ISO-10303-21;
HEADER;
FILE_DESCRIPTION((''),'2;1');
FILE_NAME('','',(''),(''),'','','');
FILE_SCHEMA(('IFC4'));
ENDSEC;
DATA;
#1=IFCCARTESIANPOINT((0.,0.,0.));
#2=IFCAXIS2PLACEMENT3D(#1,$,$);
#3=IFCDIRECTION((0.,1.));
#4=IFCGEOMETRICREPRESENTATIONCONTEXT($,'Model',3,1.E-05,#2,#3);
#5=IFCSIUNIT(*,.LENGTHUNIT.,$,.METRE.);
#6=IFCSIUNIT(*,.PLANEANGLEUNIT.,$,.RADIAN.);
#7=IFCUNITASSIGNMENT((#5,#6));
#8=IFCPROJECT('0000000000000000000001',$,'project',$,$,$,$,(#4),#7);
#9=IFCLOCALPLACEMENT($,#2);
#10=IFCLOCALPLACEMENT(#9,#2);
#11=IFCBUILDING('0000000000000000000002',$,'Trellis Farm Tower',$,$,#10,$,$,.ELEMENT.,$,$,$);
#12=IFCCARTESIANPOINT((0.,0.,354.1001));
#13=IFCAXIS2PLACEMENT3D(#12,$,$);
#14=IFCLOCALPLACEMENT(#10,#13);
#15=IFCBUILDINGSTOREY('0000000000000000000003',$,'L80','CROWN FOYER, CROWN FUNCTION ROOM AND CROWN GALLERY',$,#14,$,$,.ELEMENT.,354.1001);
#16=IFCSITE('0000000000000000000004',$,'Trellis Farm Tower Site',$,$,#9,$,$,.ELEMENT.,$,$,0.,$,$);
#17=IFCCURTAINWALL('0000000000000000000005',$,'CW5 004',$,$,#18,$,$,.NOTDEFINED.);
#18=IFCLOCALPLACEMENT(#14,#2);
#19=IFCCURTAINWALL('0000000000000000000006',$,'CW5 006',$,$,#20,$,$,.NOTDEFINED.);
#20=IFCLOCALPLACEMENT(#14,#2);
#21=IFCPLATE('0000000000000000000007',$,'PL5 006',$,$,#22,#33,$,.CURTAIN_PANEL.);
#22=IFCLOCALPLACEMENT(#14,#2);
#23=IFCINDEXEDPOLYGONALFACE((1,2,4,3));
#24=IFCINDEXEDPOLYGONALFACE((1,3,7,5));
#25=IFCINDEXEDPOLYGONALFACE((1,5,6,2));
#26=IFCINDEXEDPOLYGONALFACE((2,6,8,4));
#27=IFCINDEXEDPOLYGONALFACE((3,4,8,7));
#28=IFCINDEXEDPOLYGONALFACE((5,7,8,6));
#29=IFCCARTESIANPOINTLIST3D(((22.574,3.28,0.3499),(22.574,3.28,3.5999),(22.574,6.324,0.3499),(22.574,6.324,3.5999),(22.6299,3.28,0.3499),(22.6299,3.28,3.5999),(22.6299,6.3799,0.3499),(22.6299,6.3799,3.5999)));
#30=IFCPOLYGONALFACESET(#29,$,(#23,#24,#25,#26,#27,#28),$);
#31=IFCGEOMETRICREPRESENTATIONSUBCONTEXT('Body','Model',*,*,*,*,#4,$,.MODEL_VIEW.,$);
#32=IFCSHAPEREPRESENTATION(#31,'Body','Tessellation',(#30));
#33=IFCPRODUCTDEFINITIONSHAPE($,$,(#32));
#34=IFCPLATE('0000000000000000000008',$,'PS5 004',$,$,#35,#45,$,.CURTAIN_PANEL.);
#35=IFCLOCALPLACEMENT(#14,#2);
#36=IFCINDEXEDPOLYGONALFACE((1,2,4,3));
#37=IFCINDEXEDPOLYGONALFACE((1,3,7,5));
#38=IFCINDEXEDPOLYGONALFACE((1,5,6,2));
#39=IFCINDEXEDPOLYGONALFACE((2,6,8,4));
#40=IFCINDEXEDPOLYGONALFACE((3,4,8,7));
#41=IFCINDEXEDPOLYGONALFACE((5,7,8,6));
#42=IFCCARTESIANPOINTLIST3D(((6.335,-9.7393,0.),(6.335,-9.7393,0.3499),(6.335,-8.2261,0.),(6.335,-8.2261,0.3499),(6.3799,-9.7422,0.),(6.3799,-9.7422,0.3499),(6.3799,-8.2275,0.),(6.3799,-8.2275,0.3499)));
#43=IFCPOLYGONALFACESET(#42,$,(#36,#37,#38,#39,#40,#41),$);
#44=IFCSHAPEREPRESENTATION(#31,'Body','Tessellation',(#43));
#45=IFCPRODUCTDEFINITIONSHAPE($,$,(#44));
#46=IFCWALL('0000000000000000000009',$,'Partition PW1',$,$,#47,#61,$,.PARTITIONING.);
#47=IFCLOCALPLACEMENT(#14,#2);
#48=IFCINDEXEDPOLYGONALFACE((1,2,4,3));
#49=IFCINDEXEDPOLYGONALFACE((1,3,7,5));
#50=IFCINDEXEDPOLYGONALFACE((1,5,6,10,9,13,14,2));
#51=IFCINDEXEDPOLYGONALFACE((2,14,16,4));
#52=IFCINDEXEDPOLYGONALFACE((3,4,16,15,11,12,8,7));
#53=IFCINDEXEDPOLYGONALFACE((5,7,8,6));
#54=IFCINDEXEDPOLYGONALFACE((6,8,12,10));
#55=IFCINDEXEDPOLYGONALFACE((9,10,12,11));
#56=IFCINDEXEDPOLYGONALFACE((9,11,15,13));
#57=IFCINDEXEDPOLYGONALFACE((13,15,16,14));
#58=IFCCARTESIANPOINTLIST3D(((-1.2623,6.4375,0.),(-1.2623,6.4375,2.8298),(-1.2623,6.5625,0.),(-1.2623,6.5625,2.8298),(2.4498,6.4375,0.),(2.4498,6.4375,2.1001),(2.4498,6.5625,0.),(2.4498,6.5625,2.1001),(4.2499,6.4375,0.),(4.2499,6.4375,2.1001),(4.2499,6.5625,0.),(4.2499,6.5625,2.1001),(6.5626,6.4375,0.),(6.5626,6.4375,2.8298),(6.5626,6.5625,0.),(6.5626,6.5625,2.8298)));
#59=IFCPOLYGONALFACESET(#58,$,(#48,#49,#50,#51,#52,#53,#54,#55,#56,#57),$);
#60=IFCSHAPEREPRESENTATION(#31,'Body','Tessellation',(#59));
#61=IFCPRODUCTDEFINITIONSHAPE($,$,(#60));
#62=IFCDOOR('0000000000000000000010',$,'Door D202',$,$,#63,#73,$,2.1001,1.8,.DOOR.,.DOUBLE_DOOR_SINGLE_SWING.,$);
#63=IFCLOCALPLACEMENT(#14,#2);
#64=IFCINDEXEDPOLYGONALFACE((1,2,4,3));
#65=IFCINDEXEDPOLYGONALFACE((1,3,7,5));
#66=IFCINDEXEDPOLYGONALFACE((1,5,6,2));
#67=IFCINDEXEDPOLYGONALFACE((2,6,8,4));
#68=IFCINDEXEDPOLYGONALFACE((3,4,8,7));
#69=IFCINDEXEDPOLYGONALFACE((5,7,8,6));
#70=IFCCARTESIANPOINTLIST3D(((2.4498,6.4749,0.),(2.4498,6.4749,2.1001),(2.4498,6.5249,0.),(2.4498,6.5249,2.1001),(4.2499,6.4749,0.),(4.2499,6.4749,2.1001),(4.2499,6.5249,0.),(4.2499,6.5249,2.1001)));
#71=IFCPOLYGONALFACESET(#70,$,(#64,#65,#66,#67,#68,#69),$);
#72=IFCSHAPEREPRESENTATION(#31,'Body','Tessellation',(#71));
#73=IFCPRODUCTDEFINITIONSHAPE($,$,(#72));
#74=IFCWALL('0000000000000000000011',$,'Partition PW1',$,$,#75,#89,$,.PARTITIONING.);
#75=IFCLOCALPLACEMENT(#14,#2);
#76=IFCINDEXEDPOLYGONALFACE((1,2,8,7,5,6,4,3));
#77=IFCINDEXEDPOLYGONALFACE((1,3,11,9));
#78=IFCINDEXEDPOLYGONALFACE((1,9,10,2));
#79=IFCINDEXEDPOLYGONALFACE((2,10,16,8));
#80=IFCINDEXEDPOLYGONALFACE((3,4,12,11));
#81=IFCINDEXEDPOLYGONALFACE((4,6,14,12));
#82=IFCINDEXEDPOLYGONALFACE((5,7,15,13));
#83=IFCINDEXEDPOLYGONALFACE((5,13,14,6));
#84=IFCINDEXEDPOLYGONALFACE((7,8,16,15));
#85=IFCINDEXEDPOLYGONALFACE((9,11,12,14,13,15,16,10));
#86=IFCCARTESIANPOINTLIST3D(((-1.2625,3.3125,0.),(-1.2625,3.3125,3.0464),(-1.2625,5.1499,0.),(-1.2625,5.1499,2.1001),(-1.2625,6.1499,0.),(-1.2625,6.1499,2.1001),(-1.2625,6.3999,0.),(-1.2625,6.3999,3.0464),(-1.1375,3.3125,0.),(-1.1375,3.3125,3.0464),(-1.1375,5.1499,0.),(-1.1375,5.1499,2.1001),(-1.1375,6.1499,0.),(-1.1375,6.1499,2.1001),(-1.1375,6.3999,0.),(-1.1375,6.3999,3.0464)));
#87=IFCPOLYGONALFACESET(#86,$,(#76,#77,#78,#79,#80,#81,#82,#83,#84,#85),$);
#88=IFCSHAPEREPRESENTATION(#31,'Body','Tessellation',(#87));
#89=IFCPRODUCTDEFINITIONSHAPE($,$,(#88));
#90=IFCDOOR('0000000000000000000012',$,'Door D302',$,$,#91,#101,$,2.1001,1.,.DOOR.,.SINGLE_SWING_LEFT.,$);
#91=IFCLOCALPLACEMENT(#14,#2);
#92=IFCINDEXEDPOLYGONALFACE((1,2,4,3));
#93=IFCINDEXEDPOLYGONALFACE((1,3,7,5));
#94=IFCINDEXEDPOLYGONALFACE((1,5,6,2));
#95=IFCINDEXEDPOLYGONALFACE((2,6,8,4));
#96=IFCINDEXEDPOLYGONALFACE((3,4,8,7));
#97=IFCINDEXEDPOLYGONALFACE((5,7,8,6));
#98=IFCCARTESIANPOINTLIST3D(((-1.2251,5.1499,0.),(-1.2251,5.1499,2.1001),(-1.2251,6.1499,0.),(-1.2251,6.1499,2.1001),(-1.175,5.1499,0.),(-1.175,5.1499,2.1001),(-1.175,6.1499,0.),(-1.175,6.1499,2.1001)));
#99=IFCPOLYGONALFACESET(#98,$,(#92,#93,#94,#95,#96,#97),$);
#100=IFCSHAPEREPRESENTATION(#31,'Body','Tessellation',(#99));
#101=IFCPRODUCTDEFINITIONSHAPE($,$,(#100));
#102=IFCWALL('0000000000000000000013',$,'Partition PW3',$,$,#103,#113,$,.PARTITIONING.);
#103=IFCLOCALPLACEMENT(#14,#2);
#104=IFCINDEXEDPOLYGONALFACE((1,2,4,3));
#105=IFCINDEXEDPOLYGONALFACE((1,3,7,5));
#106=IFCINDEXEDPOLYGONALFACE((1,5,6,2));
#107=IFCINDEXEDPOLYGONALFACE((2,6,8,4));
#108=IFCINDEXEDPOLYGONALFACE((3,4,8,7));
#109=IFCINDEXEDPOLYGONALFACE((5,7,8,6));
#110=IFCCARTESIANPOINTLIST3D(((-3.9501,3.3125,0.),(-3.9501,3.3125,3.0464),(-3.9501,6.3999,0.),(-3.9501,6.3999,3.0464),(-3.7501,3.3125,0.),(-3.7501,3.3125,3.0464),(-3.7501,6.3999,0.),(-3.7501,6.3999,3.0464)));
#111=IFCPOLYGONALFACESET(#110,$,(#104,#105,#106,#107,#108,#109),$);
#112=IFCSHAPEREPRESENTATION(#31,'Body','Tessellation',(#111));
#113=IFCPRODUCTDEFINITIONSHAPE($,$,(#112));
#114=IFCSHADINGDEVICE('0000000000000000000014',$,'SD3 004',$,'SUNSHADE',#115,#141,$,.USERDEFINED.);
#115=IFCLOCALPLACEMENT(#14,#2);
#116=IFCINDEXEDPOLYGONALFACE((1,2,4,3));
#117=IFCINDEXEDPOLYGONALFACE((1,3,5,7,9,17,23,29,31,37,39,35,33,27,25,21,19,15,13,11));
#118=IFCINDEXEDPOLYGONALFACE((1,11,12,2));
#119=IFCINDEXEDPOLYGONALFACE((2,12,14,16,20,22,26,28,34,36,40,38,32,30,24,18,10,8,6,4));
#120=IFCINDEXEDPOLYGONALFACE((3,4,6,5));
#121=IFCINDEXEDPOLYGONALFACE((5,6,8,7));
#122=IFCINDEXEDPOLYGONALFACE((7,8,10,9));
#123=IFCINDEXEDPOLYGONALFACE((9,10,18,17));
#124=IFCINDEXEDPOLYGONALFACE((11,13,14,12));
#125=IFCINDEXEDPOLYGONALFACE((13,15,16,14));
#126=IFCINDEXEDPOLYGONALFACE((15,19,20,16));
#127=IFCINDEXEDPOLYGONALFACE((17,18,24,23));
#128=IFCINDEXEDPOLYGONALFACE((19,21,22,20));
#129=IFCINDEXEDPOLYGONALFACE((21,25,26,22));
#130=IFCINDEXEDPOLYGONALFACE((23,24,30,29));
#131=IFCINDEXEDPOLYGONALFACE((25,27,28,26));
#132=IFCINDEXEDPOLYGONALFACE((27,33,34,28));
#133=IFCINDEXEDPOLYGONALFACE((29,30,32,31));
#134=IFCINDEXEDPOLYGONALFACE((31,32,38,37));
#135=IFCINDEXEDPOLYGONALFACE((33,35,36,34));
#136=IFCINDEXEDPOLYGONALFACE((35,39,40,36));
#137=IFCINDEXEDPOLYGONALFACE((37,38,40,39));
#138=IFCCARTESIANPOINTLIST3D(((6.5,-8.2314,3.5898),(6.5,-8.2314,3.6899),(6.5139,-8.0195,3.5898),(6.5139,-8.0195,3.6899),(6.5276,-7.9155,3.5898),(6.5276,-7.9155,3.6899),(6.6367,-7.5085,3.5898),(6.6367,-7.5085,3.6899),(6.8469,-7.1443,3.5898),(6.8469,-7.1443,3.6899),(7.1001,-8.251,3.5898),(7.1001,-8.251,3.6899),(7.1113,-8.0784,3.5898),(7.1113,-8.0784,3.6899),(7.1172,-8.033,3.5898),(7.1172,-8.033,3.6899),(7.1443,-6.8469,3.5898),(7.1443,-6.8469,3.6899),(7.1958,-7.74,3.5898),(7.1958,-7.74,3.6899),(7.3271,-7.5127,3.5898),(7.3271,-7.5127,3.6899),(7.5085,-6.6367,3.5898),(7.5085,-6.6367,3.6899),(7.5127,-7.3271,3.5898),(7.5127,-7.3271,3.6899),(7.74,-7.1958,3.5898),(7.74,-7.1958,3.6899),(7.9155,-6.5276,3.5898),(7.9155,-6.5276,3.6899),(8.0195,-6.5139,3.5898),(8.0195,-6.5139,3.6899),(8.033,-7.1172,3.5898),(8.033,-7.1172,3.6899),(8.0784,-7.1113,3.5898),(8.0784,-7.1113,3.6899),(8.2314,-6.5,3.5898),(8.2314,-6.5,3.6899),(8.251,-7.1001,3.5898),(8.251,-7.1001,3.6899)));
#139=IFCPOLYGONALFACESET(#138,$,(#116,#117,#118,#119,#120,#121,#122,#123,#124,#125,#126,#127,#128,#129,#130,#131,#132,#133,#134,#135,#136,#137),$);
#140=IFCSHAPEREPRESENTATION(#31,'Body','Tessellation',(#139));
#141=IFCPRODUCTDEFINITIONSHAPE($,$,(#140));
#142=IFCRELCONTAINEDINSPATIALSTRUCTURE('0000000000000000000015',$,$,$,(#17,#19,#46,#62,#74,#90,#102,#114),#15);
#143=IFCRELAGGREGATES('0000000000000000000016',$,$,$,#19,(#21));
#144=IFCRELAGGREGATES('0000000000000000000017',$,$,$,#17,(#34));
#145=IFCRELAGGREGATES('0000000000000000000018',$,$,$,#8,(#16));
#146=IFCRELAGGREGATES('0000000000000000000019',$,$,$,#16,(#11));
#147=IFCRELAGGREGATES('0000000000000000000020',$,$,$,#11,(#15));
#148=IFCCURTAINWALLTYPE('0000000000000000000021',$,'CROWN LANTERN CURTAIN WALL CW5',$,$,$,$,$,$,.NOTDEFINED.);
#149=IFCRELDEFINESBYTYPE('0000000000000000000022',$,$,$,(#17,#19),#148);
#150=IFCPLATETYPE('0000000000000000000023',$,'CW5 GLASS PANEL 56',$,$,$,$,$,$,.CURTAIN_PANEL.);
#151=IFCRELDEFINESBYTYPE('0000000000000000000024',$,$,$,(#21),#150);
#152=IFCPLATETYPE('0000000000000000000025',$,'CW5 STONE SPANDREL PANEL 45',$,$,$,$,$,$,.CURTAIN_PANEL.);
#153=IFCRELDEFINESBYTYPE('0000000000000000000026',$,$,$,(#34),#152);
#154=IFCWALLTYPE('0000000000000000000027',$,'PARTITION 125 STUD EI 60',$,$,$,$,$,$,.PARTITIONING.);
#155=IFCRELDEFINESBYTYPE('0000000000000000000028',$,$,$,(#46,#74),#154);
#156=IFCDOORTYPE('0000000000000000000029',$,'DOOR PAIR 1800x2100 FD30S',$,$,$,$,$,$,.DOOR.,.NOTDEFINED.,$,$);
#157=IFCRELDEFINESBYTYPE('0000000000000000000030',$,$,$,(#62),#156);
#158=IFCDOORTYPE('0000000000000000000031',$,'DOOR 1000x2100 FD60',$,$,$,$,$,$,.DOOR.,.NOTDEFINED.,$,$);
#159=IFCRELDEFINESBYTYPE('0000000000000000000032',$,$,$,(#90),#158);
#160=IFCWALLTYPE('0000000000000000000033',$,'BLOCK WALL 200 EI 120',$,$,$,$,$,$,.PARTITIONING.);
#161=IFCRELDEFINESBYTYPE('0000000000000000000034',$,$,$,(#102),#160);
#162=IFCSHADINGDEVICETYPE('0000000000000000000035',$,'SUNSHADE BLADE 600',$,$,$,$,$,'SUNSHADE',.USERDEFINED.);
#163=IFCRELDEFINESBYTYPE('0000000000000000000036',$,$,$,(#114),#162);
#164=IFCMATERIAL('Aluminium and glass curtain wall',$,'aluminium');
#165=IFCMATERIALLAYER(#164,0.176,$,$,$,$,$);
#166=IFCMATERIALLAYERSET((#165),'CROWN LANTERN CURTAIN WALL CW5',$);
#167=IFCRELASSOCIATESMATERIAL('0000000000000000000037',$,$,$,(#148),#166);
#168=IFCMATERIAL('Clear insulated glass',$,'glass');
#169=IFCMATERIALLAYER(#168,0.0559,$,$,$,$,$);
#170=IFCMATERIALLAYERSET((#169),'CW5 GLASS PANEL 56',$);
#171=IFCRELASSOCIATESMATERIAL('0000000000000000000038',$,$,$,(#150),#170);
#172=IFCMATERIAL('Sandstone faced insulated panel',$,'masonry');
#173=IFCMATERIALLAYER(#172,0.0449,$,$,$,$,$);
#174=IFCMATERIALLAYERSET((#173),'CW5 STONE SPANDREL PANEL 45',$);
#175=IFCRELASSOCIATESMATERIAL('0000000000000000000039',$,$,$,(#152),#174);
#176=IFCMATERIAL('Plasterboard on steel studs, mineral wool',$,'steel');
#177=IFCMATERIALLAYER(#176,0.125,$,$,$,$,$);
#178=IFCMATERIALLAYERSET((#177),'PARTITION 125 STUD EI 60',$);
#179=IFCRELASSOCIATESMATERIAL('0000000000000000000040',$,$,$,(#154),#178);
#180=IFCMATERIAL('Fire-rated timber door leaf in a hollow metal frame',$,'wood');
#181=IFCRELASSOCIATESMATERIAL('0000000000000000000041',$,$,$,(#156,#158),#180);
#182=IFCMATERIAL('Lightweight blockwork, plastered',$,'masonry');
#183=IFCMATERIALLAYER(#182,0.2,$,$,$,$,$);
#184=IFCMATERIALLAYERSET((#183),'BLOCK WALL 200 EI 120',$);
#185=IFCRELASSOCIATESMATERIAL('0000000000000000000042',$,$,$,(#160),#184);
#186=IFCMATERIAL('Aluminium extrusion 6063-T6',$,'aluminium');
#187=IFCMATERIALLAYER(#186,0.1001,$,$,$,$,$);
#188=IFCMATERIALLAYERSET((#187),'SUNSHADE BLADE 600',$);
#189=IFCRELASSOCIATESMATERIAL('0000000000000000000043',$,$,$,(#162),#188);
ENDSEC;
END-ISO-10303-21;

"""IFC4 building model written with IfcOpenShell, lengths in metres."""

from ifc_helpers import new_model, si_unit, direction, frame, frame_2d, origin, place, context, subcontext, project, spatial, polyline, rectangle, outline, extrude, source, transform, mapped, material, layer, layer_set, type_object, element, fill, aggregate, save


model = new_model("IFC4")

# Units and contexts
model_context = context("Model", 3, precision=1e-05, world=origin(), true_north=direction((0.0, 1.0)))
body_context = subcontext(model_context, "Body", "Model", "MODEL_VIEW")
ifc_project = project(units=[si_unit("LENGTHUNIT", "METRE"), si_unit("PLANEANGLEUNIT", "RADIAN")], contexts=[model_context])

# Site, building, storey
site_placement = place(None, origin())
site = spatial("IfcSite", under=ifc_project, at=site_placement, Name="Trellis Farm Tower Site", CompositionType="ELEMENT", RefElevation=0.0)
building_placement = place(site_placement, origin())
building = spatial("IfcBuilding", under=site, at=building_placement, Name="Trellis Farm Tower", CompositionType="ELEMENT")
storey_placement = place(building_placement, frame((0.0, 0.0, 354.1001)))
storey = spatial("IfcBuildingStorey", under=building, at=storey_placement, Name="L80", Description="CROWN FOYER, CROWN FUNCTION ROOM AND CROWN GALLERY", CompositionType="ELEMENT", Elevation=354.1001)

# Shared definitions
ifc_material_1 = material(Name="Aluminium and glass curtain wall", Category="aluminium")
ifc_layer_1 = layer(ifc_material_1, 0.176)
ifc_layer_set_1 = layer_set([ifc_layer_1], Name="CROWN LANTERN CURTAIN WALL CW5")
curtain_wall_type = type_object("IfcCurtainWallType", Name="CROWN LANTERN CURTAIN WALL CW5", PredefinedType="NOTDEFINED", material=ifc_layer_set_1)
placement_1 = place(storey_placement, origin())
ifc_material_2 = material(Name="Aluminium extrusion 6063-T6", Category="aluminium")

# Curtain wall
curtain_wall_1 = element("IfcCurtainWall", 1, at=placement_1, inside=storey, type_object=curtain_wall_type, Name="CW5 004", PredefinedType="NOTDEFINED")
ifc_material_3 = material(Name="Clear insulated glass", Category="glass")
ifc_layer_2 = layer(ifc_material_3, 0.0559)
ifc_layer_set_2 = layer_set([ifc_layer_2], Name="CW5 GLASS PANEL 56")
plate_type_1 = type_object("IfcPlateType", Name="CW5 GLASS PANEL 56", PredefinedType="CURTAIN_PANEL", material=ifc_layer_set_2)
placement_2 = place(storey_placement, frame((0.0, 0.0, 0.3499)))

# Shared definitions
ifc_material_4 = material(Name="Sandstone faced insulated panel", Category="masonry")
ifc_layer_3 = layer(ifc_material_4, 0.0449)
ifc_layer_set_3 = layer_set([ifc_layer_3], Name="CW5 STONE SPANDREL PANEL 45")
plate_type_2 = type_object("IfcPlateType", Name="CW5 STONE SPANDREL PANEL 45", PredefinedType="CURTAIN_PANEL", material=ifc_layer_set_3)

# Curtain wall, plate
curtain_wall_2 = element("IfcCurtainWall", 2, at=placement_1, inside=storey, type_object=curtain_wall_type, Name="CW5 006", PredefinedType="NOTDEFINED")
shared_shape_1 = source(origin(), body_context, "Body", "SweptSolid", [
    extrude(outline(polyline([(22.6299, 3.28), (22.6299, 6.3799), (22.574, 6.324), (22.574, 3.28), (22.6299, 3.28)])), origin(), (0.0, 0.0, 1.0), 3.25),
])
plate_1 = element("IfcPlate", 3, at=placement_2, type_object=plate_type_1, Name="PL5 006", PredefinedType="CURTAIN_PANEL", context=body_context, shape_type="MappedRepresentation", body=[
    mapped(shared_shape_1, transform((0.0, 0.0, 0.0))),
])
aggregate(curtain_wall_2, [plate_1])

# Plate
shared_shape_2 = source(origin(), body_context, "Body", "SweptSolid", [
    extrude(outline(polyline([(6.3799, -9.7422), (6.3799, -8.2275), (6.335, -8.2261), (6.335, -9.7393), (6.3799, -9.7422)])), origin(), (0.0, 0.0, 1.0), 0.3499),
])
plate_2 = element("IfcPlate", 4, at=placement_1, type_object=plate_type_2, Name="PS5 004", PredefinedType="CURTAIN_PANEL", context=body_context, shape_type="MappedRepresentation", body=[
    mapped(shared_shape_2, transform((0.0, 0.0, 0.0))),
])
aggregate(curtain_wall_1, [plate_2])

# Walls, openings, doors
ifc_material_5 = material(Name="Plasterboard on steel studs, mineral wool", Category="steel")
ifc_layer_4 = layer(ifc_material_5, 0.125)
ifc_layer_set_4 = layer_set([ifc_layer_4], Name="PARTITION 125 STUD EI 60")
wall_type_1 = type_object("IfcWallType", Name="PARTITION 125 STUD EI 60", PredefinedType="PARTITIONING", material=ifc_layer_set_4)
shared_shape_3 = source(origin(), body_context, "Body", "SweptSolid", [
    extrude(rectangle(XDim=7.825, YDim=0.125, at=frame_2d((3.9126, 0.0))), origin(), (0.0, 0.0, 1.0), 2.8298),
])
wall_1_placement = place(storey_placement, frame((-1.2625, 6.5, 0.0), z_axis=(0.0, 0.0, 1.0), x_axis=(1.0, 0.0, 0.0)))
wall_1 = element("IfcWall", 5, at=wall_1_placement, inside=storey, type_object=wall_type_1, Name="Partition PW1", PredefinedType="PARTITIONING", context=body_context, shape_type="MappedRepresentation", body=[
    mapped(shared_shape_3, transform((0.0, 0.0, 0.0))),
])
shared_shape_4 = source(origin(), body_context, "Body", "SweptSolid", [
    extrude(rectangle(XDim=1.8, YDim=2.1001, at=frame_2d((0.8999, 1.05))), frame((0.0, 0.0725, 0.0), z_axis=(0.0, -1.0, 0.0), x_axis=(1.0, 0.0, 0.0)), (0.0, 0.0, 1.0), 0.145),
])
opening_1_placement = place(wall_1_placement, frame((3.7124, 0.0, 0.0)))
opening_1 = element("IfcOpeningElement", 6, at=opening_1_placement, cuts=wall_1, PredefinedType="OPENING", context=body_context, shape_type="MappedRepresentation", body=[
    mapped(shared_shape_4, transform((0.0, 0.0, 0.0))),
])
ifc_material_6 = material(Name="Fire-rated timber door leaf in a hollow metal frame", Category="wood")
door_type_1 = type_object("IfcDoorType", Name="DOOR PAIR 1800x2100 FD30S", OperationType="NOTDEFINED", PredefinedType="DOOR", material=ifc_material_6)
shared_shape_5 = source(origin(), body_context, "Body", "SweptSolid", [
    extrude(rectangle(XDim=1.8, YDim=2.1001, at=frame_2d((0.8999, 1.05))), frame((0.0, 0.0249, 0.0), z_axis=(0.0, -1.0, 0.0), x_axis=(1.0, 0.0, 0.0)), (0.0, 0.0, 1.0), 0.05),
])
door_1_placement = place(opening_1_placement, origin())
door_1 = element("IfcDoor", 7, at=door_1_placement, inside=storey, type_object=door_type_1, Name="Door D202", OperationType="DOUBLE_DOOR_SINGLE_SWING", OverallHeight=2.1001, OverallWidth=1.8, PredefinedType="DOOR", context=body_context, shape_type="MappedRepresentation", body=[
    mapped(shared_shape_5, transform((0.0, 0.0, 0.0))),
])
fill(opening_1, door_1)
shared_shape_6 = source(origin(), body_context, "Body", "SweptSolid", [
    extrude(rectangle(XDim=3.0874, YDim=0.125, at=frame_2d((1.5437, 0.0))), origin(), (0.0, 0.0, 1.0), 3.0464),
])
wall_2_placement = place(storey_placement, frame((-1.2, 6.3999, 0.0), z_axis=(0.0, 0.0, 1.0), x_axis=(0.0, -1.0, 0.0)))
wall_2 = element("IfcWall", 8, at=wall_2_placement, inside=storey, type_object=wall_type_1, Name="Partition PW1", PredefinedType="PARTITIONING", context=body_context, shape_type="MappedRepresentation", body=[
    mapped(shared_shape_6, transform((0.0, 0.0, 0.0))),
])
shared_shape_7 = source(origin(), body_context, "Body", "SweptSolid", [
    extrude(rectangle(XDim=1.0, YDim=2.1001, at=frame_2d((0.5, 1.05))), frame((0.0, 0.0725, 0.0), z_axis=(0.0, -1.0, 0.0), x_axis=(1.0, 0.0, 0.0)), (0.0, 0.0, 1.0), 0.145),
])
opening_2_placement = place(wall_2_placement, frame((0.25, 0.0, 0.0)))
opening_2 = element("IfcOpeningElement", 9, at=opening_2_placement, cuts=wall_2, PredefinedType="OPENING", context=body_context, shape_type="MappedRepresentation", body=[
    mapped(shared_shape_7, transform((0.0, 0.0, 0.0))),
])
door_type_2 = type_object("IfcDoorType", Name="DOOR 1000x2100 FD60", OperationType="NOTDEFINED", PredefinedType="DOOR", material=ifc_material_6)
shared_shape_8 = source(origin(), body_context, "Body", "SweptSolid", [
    extrude(rectangle(XDim=1.0, YDim=2.1001, at=frame_2d((0.5, 1.05))), frame((0.0, 0.0249, 0.0), z_axis=(0.0, -1.0, 0.0), x_axis=(1.0, 0.0, 0.0)), (0.0, 0.0, 1.0), 0.05),
])
door_2_placement = place(opening_2_placement, origin())
door_2 = element("IfcDoor", 10, at=door_2_placement, inside=storey, type_object=door_type_2, Name="Door D302", OperationType="SINGLE_SWING_LEFT", OverallHeight=2.1001, OverallWidth=1.0, PredefinedType="DOOR", context=body_context, shape_type="MappedRepresentation", body=[
    mapped(shared_shape_8, transform((0.0, 0.0, 0.0))),
])
fill(opening_2, door_2)

# Wall
ifc_material_7 = material(Name="Lightweight blockwork, plastered", Category="masonry")
ifc_layer_5 = layer(ifc_material_7, 0.2)
ifc_layer_set_5 = layer_set([ifc_layer_5], Name="BLOCK WALL 200 EI 120")
wall_type_2 = type_object("IfcWallType", Name="BLOCK WALL 200 EI 120", PredefinedType="PARTITIONING", material=ifc_layer_set_5)
shared_shape_9 = source(origin(), body_context, "Body", "SweptSolid", [
    extrude(rectangle(XDim=3.0874, YDim=0.2, at=frame_2d((1.5437, 0.0))), origin(), (0.0, 0.0, 1.0), 3.0464),
])
wall_3_placement = place(storey_placement, frame((-3.8501, 3.3125, 0.0), z_axis=(0.0, 0.0, 1.0), x_axis=(0.0, 1.0, 0.0)))
element("IfcWall", 11, at=wall_3_placement, inside=storey, type_object=wall_type_2, Name="Partition PW3", PredefinedType="PARTITIONING", context=body_context, shape_type="MappedRepresentation", body=[
    mapped(shared_shape_9, transform((0.0, 0.0, 0.0))),
])

# Shading device
ifc_layer_6 = layer(ifc_material_2, 0.1001)
ifc_layer_set_6 = layer_set([ifc_layer_6], Name="SUNSHADE BLADE 600")
shading_device_type = type_object("IfcShadingDeviceType", Name="SUNSHADE BLADE 600", ElementType="SUNSHADE", PredefinedType="USERDEFINED", material=ifc_layer_set_6)
shared_shape_10 = source(origin(), body_context, "Body", "SweptSolid", [
    extrude(outline(polyline([(7.1001, -8.251), (7.1113, -8.0784), (7.1172, -8.033), (7.1958, -7.74), (7.3271, -7.5127), (7.5127, -7.3271), (7.74, -7.1958), (8.033, -7.1172), (8.0784, -7.1113), (8.251, -7.1001), (8.2314, -6.5), (8.0195, -6.5139), (7.9155, -6.5276), (7.5085, -6.6367), (7.1443, -6.8469), (6.8469, -7.1443), (6.6367, -7.5085), (6.5276, -7.9155), (6.5139, -8.0195), (6.5, -8.2314), (7.1001, -8.251)])), origin(), (0.0, 0.0, 1.0), 0.1001),
])
placement_3 = place(storey_placement, frame((0.0, 0.0, 3.5898)))
element("IfcShadingDevice", 12, at=placement_3, inside=storey, type_object=shading_device_type, Name="SD3 004", ObjectType="SUNSHADE", PredefinedType="USERDEFINED", context=body_context, shape_type="MappedRepresentation", body=[
    mapped(shared_shape_10, transform((0.0, 0.0, 0.0))),
])

save(model, "model.ifc")
